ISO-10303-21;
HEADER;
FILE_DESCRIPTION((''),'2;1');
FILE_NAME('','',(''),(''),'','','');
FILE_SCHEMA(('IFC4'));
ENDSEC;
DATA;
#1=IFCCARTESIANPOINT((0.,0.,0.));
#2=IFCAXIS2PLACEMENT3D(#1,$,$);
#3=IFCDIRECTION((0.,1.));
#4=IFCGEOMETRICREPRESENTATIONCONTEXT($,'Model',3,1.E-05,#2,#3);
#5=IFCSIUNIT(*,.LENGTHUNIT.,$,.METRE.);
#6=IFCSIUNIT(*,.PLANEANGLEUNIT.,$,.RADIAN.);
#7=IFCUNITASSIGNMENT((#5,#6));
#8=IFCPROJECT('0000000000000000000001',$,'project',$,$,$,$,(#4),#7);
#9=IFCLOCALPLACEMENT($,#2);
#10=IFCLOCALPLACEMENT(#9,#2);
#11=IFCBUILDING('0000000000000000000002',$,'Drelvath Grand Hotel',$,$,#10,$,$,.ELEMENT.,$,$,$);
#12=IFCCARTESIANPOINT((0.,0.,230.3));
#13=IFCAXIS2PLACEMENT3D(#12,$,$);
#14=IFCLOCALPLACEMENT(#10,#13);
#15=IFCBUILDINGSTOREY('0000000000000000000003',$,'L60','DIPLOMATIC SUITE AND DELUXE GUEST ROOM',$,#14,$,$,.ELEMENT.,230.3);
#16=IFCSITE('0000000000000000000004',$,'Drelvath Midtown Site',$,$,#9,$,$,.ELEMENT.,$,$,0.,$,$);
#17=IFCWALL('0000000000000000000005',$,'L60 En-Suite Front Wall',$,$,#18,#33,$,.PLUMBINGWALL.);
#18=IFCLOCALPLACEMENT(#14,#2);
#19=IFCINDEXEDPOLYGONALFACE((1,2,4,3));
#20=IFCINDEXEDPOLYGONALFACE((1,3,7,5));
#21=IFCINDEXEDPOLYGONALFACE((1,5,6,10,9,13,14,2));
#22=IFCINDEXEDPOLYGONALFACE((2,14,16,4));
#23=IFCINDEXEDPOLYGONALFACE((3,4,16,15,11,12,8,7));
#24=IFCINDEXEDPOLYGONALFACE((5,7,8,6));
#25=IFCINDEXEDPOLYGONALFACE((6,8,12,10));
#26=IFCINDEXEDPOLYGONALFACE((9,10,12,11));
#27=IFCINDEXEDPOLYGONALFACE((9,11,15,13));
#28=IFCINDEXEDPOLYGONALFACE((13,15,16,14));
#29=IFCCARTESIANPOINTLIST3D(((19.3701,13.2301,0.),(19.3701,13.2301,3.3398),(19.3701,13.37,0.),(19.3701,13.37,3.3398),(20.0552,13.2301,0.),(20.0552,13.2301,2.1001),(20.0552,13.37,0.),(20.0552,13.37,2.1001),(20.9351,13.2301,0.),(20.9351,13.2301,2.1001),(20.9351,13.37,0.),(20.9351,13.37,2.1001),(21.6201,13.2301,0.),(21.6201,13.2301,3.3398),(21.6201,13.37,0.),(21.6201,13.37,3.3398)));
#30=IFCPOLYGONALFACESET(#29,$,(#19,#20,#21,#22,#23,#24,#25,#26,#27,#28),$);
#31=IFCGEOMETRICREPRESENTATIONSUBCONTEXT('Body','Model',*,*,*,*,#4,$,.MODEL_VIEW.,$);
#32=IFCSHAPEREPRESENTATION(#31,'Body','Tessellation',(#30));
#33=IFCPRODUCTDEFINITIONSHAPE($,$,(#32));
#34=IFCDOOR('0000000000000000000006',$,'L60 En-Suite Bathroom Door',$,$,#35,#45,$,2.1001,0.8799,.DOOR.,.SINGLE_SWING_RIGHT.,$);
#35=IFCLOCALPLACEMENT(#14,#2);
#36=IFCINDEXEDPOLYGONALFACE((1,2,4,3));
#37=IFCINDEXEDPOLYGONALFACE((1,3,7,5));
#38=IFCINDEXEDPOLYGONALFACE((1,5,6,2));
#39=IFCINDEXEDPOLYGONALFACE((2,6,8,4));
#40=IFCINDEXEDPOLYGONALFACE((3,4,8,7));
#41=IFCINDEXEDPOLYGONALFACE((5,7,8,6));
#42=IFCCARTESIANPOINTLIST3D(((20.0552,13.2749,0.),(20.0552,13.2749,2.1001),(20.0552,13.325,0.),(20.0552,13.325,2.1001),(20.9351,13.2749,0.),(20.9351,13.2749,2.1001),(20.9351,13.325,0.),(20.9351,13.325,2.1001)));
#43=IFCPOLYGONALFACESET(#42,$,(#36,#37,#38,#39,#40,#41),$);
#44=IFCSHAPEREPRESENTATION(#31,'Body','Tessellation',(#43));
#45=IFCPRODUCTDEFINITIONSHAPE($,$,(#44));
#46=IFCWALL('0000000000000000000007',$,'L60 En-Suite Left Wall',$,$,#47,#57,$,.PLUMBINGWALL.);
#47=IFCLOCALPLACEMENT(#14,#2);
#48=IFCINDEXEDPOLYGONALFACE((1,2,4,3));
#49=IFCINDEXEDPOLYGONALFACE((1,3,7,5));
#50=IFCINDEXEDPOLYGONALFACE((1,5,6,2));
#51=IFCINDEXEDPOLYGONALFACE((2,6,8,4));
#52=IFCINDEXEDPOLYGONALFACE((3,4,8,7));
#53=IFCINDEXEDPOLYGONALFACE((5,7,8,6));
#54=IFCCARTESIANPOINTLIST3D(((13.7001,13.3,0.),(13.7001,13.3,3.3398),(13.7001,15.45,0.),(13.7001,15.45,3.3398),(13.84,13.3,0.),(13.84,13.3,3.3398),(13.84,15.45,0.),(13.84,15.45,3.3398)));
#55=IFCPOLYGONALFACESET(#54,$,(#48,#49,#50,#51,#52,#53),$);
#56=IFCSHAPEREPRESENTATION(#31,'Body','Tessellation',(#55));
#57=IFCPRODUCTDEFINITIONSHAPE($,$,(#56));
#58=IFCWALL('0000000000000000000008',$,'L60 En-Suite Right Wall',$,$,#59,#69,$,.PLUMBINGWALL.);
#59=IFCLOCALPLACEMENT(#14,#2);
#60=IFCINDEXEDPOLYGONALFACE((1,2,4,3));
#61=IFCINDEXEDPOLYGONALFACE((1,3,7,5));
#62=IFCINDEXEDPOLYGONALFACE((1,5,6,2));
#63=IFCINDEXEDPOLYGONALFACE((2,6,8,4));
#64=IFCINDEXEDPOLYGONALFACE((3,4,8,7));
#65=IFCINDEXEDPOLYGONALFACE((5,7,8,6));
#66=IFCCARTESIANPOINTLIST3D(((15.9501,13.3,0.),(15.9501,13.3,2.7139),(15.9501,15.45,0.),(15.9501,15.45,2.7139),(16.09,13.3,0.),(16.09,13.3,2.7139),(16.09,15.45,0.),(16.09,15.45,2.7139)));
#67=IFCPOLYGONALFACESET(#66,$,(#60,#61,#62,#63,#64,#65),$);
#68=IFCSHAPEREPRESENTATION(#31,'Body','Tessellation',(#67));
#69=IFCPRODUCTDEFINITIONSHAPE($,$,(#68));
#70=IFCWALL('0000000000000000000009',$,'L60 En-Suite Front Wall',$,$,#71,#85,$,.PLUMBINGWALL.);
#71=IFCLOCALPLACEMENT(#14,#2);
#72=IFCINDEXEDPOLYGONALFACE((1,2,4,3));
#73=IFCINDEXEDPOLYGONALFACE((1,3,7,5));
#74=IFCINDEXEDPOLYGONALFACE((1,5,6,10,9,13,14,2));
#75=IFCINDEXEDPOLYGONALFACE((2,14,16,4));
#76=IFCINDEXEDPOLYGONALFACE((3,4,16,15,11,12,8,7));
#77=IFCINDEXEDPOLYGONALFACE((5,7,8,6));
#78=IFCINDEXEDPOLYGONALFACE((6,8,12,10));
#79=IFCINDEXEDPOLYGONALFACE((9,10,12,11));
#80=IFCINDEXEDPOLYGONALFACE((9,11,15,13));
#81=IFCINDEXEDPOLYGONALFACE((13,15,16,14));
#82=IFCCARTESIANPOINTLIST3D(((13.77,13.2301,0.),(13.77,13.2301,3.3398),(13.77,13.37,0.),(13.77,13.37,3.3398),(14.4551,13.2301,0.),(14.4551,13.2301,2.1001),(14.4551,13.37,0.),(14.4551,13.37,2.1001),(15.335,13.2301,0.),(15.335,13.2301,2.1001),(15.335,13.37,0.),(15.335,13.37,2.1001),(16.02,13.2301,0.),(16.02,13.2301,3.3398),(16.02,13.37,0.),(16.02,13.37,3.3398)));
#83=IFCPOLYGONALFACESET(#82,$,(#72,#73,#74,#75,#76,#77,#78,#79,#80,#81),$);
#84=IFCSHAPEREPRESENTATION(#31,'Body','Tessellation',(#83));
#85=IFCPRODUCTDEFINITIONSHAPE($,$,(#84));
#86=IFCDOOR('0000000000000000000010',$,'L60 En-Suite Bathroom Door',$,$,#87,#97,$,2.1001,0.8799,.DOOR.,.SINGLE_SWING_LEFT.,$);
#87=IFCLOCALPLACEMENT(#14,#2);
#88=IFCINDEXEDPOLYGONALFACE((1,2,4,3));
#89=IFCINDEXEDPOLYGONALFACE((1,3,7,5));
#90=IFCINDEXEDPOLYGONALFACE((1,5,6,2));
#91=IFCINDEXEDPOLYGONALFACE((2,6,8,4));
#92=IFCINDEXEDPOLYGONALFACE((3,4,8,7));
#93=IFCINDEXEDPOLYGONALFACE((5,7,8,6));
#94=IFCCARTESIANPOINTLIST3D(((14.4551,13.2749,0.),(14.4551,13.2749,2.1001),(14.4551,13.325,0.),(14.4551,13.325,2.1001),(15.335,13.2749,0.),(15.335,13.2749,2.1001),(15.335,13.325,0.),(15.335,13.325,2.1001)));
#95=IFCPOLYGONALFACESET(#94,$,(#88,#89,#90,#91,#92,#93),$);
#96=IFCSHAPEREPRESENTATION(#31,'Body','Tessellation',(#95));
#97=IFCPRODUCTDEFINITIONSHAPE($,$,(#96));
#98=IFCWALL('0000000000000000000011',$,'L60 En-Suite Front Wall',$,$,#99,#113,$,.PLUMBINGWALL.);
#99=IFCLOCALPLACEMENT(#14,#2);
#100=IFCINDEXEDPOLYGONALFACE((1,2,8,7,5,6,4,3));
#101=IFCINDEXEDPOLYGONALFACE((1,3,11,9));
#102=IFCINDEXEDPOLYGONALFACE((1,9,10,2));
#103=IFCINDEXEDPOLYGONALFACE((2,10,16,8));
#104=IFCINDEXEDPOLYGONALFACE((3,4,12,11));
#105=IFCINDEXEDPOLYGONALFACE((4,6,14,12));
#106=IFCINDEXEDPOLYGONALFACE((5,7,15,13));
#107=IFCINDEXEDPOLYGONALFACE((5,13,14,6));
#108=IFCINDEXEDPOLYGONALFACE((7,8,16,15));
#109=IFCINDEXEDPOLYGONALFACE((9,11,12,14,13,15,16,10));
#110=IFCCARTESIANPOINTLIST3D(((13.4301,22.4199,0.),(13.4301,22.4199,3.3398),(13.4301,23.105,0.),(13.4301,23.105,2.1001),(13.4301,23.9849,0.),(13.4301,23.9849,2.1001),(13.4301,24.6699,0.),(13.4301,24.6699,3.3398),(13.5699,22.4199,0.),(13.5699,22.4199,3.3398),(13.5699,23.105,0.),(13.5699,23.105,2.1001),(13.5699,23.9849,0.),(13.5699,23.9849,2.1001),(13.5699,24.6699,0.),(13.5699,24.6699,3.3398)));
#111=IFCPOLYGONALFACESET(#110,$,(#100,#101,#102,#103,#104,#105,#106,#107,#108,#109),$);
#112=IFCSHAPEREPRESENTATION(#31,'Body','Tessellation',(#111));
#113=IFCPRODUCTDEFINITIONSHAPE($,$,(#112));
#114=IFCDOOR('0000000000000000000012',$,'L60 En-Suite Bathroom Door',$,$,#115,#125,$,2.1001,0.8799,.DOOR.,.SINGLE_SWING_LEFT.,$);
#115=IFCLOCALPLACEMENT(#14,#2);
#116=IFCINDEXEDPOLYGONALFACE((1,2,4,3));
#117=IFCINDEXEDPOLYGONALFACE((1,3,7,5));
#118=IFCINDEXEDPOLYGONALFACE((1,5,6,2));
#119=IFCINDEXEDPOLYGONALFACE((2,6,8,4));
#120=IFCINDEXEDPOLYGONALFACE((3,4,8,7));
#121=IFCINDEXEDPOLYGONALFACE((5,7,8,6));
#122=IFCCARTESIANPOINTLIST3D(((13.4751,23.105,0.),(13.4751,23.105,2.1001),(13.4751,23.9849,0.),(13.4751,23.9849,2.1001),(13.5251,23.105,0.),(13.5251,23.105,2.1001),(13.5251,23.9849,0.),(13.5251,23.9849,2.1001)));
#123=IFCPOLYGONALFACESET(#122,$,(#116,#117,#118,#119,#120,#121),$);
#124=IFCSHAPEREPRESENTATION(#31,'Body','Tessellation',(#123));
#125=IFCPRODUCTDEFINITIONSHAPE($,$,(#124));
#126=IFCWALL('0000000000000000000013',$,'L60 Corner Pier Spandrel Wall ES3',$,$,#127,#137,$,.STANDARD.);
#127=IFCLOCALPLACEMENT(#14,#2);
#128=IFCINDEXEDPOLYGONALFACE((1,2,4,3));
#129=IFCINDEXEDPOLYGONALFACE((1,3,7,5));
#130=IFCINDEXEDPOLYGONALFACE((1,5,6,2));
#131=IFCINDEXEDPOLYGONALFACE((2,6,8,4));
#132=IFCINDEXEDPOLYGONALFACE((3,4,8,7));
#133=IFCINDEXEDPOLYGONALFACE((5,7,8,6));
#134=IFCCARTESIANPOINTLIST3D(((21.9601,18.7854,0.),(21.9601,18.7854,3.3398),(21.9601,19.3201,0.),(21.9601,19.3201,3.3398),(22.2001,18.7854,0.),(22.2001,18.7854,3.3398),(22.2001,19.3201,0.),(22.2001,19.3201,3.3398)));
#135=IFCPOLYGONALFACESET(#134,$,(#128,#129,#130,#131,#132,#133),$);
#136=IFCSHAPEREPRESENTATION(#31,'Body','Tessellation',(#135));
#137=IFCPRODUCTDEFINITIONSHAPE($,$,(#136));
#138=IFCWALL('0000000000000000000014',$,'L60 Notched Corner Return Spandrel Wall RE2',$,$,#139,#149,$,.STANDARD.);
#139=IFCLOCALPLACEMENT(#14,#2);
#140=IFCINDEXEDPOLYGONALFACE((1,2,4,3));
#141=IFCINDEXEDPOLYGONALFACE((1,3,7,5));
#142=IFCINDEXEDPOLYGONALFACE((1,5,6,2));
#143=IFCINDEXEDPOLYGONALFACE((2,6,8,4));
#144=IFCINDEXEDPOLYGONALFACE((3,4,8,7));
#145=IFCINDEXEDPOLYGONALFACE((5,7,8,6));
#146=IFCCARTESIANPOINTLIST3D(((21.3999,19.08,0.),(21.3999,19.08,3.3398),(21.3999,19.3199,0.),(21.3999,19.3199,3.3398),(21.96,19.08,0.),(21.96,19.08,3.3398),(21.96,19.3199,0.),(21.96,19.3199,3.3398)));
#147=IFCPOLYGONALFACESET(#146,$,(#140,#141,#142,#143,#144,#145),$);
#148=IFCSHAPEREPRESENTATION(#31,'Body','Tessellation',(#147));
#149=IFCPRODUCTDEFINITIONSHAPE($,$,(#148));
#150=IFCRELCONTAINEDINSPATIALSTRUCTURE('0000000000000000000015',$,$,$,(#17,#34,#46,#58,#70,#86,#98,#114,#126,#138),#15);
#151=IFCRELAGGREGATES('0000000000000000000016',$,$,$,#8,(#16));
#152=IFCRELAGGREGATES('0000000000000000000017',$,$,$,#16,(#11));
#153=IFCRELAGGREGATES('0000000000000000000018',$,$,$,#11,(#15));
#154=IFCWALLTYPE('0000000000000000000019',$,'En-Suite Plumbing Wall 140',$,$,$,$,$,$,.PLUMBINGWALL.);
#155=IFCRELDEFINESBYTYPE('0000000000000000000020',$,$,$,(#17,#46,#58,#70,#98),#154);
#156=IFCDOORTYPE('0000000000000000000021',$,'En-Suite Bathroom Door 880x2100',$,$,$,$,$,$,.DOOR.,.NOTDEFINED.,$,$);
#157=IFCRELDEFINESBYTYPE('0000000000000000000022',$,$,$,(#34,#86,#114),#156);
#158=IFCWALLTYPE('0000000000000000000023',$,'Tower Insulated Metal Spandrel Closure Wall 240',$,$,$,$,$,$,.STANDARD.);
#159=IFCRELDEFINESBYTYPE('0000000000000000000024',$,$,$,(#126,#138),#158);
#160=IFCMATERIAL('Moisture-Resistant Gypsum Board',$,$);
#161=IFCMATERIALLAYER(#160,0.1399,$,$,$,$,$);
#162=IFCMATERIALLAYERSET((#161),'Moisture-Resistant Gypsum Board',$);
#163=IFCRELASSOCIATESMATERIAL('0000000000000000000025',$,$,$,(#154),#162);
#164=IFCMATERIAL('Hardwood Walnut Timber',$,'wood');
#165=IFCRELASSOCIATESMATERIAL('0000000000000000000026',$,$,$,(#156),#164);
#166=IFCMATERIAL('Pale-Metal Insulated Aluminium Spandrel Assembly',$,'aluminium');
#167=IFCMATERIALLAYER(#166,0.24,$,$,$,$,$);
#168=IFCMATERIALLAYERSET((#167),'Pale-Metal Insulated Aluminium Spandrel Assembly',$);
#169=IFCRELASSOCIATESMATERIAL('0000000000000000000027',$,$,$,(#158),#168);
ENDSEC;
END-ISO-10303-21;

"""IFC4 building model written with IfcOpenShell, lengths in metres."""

from ifc_helpers import new_model, si_unit, direction, frame, frame_2d, origin, place, context, subcontext, project, spatial, rectangle, extrude, material, layer, layer_set, type_object, element, fill, save


model = new_model("IFC4")

# Units and contexts
model_context = context("Model", 3, precision=1e-05, world=origin(), true_north=direction((0.0, 1.0)))
body_context = subcontext(model_context, "Body", "Model", "MODEL_VIEW")
ifc_project = project(units=[si_unit("LENGTHUNIT", "METRE"), si_unit("PLANEANGLEUNIT", "RADIAN")], contexts=[model_context])

# Site, building, storey
site_placement = place(None, origin())
site = spatial("IfcSite", under=ifc_project, at=site_placement, Name="Drelvath Midtown Site", CompositionType="ELEMENT", RefElevation=0.0)
building_placement = place(site_placement, origin())
building = spatial("IfcBuilding", under=site, at=building_placement, Name="Drelvath Grand Hotel", CompositionType="ELEMENT")
storey_placement = place(building_placement, frame((0.0, 0.0, 230.3)))
storey = spatial("IfcBuildingStorey", under=building, at=storey_placement, Name="L60", Description="DIPLOMATIC SUITE AND DELUXE GUEST ROOM", CompositionType="ELEMENT", Elevation=230.3)

# Shared definitions
ifc_material_1 = material(Name="Moisture-Resistant Gypsum Board")
ifc_layer_1 = layer(ifc_material_1, 0.1399)
ifc_layer_set_1 = layer_set([ifc_layer_1], Name="Moisture-Resistant Gypsum Board")
wall_type_1 = type_object("IfcWallType", Name="En-Suite Plumbing Wall 140", PredefinedType="PLUMBINGWALL", material=ifc_layer_set_1)

# Wall, opening, door
wall_1_placement = place(storey_placement, frame((19.3701, 13.3, 0.0), z_axis=(0.0, 0.0, 1.0), x_axis=(1.0, 0.0, 0.0)))
wall_1 = element("IfcWall", 1, at=wall_1_placement, inside=storey, type_object=wall_type_1, Name="L60 En-Suite Front Wall", PredefinedType="PLUMBINGWALL", context=body_context, shape_type="SweptSolid", body=[
    extrude(rectangle(XDim=2.25, YDim=0.1399, at=frame_2d((1.125, 0.0))), origin(), (0.0, 0.0, 1.0), 3.3398),
])
opening_1_placement = place(wall_1_placement, frame((0.6851, 0.0, 0.0)))
opening_1 = element("IfcOpeningElement", 2, at=opening_1_placement, cuts=wall_1, PredefinedType="OPENING", context=body_context, shape_type="SweptSolid", body=[
    extrude(rectangle(XDim=0.8799, YDim=2.1001, at=frame_2d((0.4399, 1.05))), frame((0.0, 0.0798, 0.0), z_axis=(0.0, -1.0, 0.0), x_axis=(1.0, 0.0, 0.0)), (0.0, 0.0, 1.0), 0.1599),
])
ifc_material_2 = material(Name="Hardwood Walnut Timber", Category="wood")
door_type = type_object("IfcDoorType", Name="En-Suite Bathroom Door 880x2100", OperationType="NOTDEFINED", PredefinedType="DOOR", material=ifc_material_2)
door_1_placement = place(opening_1_placement, origin())
door_1 = element("IfcDoor", 3, at=door_1_placement, inside=storey, type_object=door_type, Name="L60 En-Suite Bathroom Door", OperationType="SINGLE_SWING_RIGHT", OverallHeight=2.1001, OverallWidth=0.8799, PredefinedType="DOOR", context=body_context, shape_type="SweptSolid", body=[
    extrude(rectangle(XDim=0.8799, YDim=2.1001, at=frame_2d((0.4399, 1.05))), frame((0.0, 0.0249, 0.0), z_axis=(0.0, -1.0, 0.0), x_axis=(1.0, 0.0, 0.0)), (0.0, 0.0, 1.0), 0.05),
])
fill(opening_1, door_1)

# Walls
wall_2_placement = place(storey_placement, frame((13.77, 15.45, 0.0), z_axis=(0.0, 0.0, 1.0), x_axis=(0.0, -1.0, 0.0)))
element("IfcWall", 4, at=wall_2_placement, inside=storey, type_object=wall_type_1, Name="L60 En-Suite Left Wall", PredefinedType="PLUMBINGWALL", context=body_context, shape_type="SweptSolid", body=[
    extrude(rectangle(XDim=2.1499, YDim=0.1399, at=frame_2d((1.075, 0.0))), origin(), (0.0, 0.0, 1.0), 3.3398),
])
wall_3_placement = place(storey_placement, frame((16.02, 15.45, 0.0), z_axis=(0.0, 0.0, 1.0), x_axis=(0.0, -1.0, 0.0)))
element("IfcWall", 5, at=wall_3_placement, inside=storey, type_object=wall_type_1, Name="L60 En-Suite Right Wall", PredefinedType="PLUMBINGWALL", context=body_context, shape_type="SweptSolid", body=[
    extrude(rectangle(XDim=2.1499, YDim=0.1399, at=frame_2d((1.075, 0.0))), origin(), (0.0, 0.0, 1.0), 2.7139),
])

# Walls, openings, doors
wall_4_placement = place(storey_placement, frame((13.77, 13.3, 0.0), z_axis=(0.0, 0.0, 1.0), x_axis=(1.0, 0.0, 0.0)))
wall_4 = element("IfcWall", 6, at=wall_4_placement, inside=storey, type_object=wall_type_1, Name="L60 En-Suite Front Wall", PredefinedType="PLUMBINGWALL", context=body_context, shape_type="SweptSolid", body=[
    extrude(rectangle(XDim=2.25, YDim=0.1399, at=frame_2d((1.125, 0.0))), origin(), (0.0, 0.0, 1.0), 3.3398),
])
opening_2_placement = place(wall_4_placement, frame((0.6851, 0.0, 0.0)))
opening_2 = element("IfcOpeningElement", 7, at=opening_2_placement, cuts=wall_4, PredefinedType="OPENING", context=body_context, shape_type="SweptSolid", body=[
    extrude(rectangle(XDim=0.8799, YDim=2.1001, at=frame_2d((0.4399, 1.05))), frame((0.0, 0.0798, 0.0), z_axis=(0.0, -1.0, 0.0), x_axis=(1.0, 0.0, 0.0)), (0.0, 0.0, 1.0), 0.1599),
])
door_2_placement = place(opening_2_placement, origin())
door_2 = element("IfcDoor", 8, at=door_2_placement, inside=storey, type_object=door_type, Name="L60 En-Suite Bathroom Door", OperationType="SINGLE_SWING_LEFT", OverallHeight=2.1001, OverallWidth=0.8799, PredefinedType="DOOR", context=body_context, shape_type="SweptSolid", body=[
    extrude(rectangle(XDim=0.8799, YDim=2.1001, at=frame_2d((0.4399, 1.05))), frame((0.0, 0.0249, 0.0), z_axis=(0.0, -1.0, 0.0), x_axis=(1.0, 0.0, 0.0)), (0.0, 0.0, 1.0), 0.05),
])
fill(opening_2, door_2)
wall_5_placement = place(storey_placement, frame((13.5, 22.4199, 0.0), z_axis=(0.0, 0.0, 1.0), x_axis=(0.0, 1.0, 0.0)))
wall_5 = element("IfcWall", 9, at=wall_5_placement, inside=storey, type_object=wall_type_1, Name="L60 En-Suite Front Wall", PredefinedType="PLUMBINGWALL", context=body_context, shape_type="SweptSolid", body=[
    extrude(rectangle(XDim=2.25, YDim=0.1399, at=frame_2d((1.125, 0.0))), origin(), (0.0, 0.0, 1.0), 3.3398),
])
opening_3_placement = place(wall_5_placement, frame((0.6851, 0.0, 0.0)))
opening_3 = element("IfcOpeningElement", 10, at=opening_3_placement, cuts=wall_5, PredefinedType="OPENING", context=body_context, shape_type="SweptSolid", body=[
    extrude(rectangle(XDim=0.8799, YDim=2.1001, at=frame_2d((0.4399, 1.05))), frame((0.0, 0.0798, 0.0), z_axis=(0.0, -1.0, 0.0), x_axis=(1.0, 0.0, 0.0)), (0.0, 0.0, 1.0), 0.1599),
])
door_3_placement = place(opening_3_placement, origin())
door_3 = element("IfcDoor", 11, at=door_3_placement, inside=storey, type_object=door_type, Name="L60 En-Suite Bathroom Door", OperationType="SINGLE_SWING_LEFT", OverallHeight=2.1001, OverallWidth=0.8799, PredefinedType="DOOR", context=body_context, shape_type="SweptSolid", body=[
    extrude(rectangle(XDim=0.8799, YDim=2.1001, at=frame_2d((0.4399, 1.05))), frame((0.0, 0.0249, 0.0), z_axis=(0.0, -1.0, 0.0), x_axis=(1.0, 0.0, 0.0)), (0.0, 0.0, 1.0), 0.05),
])
fill(opening_3, door_3)

# Walls
ifc_material_3 = material(Name="Pale-Metal Insulated Aluminium Spandrel Assembly", Category="aluminium")
ifc_layer_2 = layer(ifc_material_3, 0.24)
ifc_layer_set_2 = layer_set([ifc_layer_2], Name="Pale-Metal Insulated Aluminium Spandrel Assembly")
wall_type_2 = type_object("IfcWallType", Name="Tower Insulated Metal Spandrel Closure Wall 240", PredefinedType="STANDARD", material=ifc_layer_set_2)
wall_6_placement = place(storey_placement, frame((22.0801, 19.3201, 0.0), z_axis=(0.0, 0.0, 1.0), x_axis=(0.0, -1.0, 0.0)))
element("IfcWall", 12, at=wall_6_placement, inside=storey, type_object=wall_type_2, Name="L60 Corner Pier Spandrel Wall ES3", PredefinedType="STANDARD", context=body_context, shape_type="SweptSolid", body=[
    extrude(rectangle(XDim=0.5347, YDim=0.24, at=frame_2d((0.2673, 0.0))), origin(), (0.0, 0.0, 1.0), 3.3398),
])
wall_7_placement = place(storey_placement, frame((21.3999, 19.2, 0.0), z_axis=(0.0, 0.0, 1.0), x_axis=(1.0, 0.0, 0.0)))
element("IfcWall", 13, at=wall_7_placement, inside=storey, type_object=wall_type_2, Name="L60 Notched Corner Return Spandrel Wall RE2", PredefinedType="STANDARD", context=body_context, shape_type="SweptSolid", body=[
    extrude(rectangle(XDim=0.5601, YDim=0.24, at=frame_2d((0.28, 0.0))), origin(), (0.0, 0.0, 1.0), 3.3398),
])

save(model, "model.ifc")
